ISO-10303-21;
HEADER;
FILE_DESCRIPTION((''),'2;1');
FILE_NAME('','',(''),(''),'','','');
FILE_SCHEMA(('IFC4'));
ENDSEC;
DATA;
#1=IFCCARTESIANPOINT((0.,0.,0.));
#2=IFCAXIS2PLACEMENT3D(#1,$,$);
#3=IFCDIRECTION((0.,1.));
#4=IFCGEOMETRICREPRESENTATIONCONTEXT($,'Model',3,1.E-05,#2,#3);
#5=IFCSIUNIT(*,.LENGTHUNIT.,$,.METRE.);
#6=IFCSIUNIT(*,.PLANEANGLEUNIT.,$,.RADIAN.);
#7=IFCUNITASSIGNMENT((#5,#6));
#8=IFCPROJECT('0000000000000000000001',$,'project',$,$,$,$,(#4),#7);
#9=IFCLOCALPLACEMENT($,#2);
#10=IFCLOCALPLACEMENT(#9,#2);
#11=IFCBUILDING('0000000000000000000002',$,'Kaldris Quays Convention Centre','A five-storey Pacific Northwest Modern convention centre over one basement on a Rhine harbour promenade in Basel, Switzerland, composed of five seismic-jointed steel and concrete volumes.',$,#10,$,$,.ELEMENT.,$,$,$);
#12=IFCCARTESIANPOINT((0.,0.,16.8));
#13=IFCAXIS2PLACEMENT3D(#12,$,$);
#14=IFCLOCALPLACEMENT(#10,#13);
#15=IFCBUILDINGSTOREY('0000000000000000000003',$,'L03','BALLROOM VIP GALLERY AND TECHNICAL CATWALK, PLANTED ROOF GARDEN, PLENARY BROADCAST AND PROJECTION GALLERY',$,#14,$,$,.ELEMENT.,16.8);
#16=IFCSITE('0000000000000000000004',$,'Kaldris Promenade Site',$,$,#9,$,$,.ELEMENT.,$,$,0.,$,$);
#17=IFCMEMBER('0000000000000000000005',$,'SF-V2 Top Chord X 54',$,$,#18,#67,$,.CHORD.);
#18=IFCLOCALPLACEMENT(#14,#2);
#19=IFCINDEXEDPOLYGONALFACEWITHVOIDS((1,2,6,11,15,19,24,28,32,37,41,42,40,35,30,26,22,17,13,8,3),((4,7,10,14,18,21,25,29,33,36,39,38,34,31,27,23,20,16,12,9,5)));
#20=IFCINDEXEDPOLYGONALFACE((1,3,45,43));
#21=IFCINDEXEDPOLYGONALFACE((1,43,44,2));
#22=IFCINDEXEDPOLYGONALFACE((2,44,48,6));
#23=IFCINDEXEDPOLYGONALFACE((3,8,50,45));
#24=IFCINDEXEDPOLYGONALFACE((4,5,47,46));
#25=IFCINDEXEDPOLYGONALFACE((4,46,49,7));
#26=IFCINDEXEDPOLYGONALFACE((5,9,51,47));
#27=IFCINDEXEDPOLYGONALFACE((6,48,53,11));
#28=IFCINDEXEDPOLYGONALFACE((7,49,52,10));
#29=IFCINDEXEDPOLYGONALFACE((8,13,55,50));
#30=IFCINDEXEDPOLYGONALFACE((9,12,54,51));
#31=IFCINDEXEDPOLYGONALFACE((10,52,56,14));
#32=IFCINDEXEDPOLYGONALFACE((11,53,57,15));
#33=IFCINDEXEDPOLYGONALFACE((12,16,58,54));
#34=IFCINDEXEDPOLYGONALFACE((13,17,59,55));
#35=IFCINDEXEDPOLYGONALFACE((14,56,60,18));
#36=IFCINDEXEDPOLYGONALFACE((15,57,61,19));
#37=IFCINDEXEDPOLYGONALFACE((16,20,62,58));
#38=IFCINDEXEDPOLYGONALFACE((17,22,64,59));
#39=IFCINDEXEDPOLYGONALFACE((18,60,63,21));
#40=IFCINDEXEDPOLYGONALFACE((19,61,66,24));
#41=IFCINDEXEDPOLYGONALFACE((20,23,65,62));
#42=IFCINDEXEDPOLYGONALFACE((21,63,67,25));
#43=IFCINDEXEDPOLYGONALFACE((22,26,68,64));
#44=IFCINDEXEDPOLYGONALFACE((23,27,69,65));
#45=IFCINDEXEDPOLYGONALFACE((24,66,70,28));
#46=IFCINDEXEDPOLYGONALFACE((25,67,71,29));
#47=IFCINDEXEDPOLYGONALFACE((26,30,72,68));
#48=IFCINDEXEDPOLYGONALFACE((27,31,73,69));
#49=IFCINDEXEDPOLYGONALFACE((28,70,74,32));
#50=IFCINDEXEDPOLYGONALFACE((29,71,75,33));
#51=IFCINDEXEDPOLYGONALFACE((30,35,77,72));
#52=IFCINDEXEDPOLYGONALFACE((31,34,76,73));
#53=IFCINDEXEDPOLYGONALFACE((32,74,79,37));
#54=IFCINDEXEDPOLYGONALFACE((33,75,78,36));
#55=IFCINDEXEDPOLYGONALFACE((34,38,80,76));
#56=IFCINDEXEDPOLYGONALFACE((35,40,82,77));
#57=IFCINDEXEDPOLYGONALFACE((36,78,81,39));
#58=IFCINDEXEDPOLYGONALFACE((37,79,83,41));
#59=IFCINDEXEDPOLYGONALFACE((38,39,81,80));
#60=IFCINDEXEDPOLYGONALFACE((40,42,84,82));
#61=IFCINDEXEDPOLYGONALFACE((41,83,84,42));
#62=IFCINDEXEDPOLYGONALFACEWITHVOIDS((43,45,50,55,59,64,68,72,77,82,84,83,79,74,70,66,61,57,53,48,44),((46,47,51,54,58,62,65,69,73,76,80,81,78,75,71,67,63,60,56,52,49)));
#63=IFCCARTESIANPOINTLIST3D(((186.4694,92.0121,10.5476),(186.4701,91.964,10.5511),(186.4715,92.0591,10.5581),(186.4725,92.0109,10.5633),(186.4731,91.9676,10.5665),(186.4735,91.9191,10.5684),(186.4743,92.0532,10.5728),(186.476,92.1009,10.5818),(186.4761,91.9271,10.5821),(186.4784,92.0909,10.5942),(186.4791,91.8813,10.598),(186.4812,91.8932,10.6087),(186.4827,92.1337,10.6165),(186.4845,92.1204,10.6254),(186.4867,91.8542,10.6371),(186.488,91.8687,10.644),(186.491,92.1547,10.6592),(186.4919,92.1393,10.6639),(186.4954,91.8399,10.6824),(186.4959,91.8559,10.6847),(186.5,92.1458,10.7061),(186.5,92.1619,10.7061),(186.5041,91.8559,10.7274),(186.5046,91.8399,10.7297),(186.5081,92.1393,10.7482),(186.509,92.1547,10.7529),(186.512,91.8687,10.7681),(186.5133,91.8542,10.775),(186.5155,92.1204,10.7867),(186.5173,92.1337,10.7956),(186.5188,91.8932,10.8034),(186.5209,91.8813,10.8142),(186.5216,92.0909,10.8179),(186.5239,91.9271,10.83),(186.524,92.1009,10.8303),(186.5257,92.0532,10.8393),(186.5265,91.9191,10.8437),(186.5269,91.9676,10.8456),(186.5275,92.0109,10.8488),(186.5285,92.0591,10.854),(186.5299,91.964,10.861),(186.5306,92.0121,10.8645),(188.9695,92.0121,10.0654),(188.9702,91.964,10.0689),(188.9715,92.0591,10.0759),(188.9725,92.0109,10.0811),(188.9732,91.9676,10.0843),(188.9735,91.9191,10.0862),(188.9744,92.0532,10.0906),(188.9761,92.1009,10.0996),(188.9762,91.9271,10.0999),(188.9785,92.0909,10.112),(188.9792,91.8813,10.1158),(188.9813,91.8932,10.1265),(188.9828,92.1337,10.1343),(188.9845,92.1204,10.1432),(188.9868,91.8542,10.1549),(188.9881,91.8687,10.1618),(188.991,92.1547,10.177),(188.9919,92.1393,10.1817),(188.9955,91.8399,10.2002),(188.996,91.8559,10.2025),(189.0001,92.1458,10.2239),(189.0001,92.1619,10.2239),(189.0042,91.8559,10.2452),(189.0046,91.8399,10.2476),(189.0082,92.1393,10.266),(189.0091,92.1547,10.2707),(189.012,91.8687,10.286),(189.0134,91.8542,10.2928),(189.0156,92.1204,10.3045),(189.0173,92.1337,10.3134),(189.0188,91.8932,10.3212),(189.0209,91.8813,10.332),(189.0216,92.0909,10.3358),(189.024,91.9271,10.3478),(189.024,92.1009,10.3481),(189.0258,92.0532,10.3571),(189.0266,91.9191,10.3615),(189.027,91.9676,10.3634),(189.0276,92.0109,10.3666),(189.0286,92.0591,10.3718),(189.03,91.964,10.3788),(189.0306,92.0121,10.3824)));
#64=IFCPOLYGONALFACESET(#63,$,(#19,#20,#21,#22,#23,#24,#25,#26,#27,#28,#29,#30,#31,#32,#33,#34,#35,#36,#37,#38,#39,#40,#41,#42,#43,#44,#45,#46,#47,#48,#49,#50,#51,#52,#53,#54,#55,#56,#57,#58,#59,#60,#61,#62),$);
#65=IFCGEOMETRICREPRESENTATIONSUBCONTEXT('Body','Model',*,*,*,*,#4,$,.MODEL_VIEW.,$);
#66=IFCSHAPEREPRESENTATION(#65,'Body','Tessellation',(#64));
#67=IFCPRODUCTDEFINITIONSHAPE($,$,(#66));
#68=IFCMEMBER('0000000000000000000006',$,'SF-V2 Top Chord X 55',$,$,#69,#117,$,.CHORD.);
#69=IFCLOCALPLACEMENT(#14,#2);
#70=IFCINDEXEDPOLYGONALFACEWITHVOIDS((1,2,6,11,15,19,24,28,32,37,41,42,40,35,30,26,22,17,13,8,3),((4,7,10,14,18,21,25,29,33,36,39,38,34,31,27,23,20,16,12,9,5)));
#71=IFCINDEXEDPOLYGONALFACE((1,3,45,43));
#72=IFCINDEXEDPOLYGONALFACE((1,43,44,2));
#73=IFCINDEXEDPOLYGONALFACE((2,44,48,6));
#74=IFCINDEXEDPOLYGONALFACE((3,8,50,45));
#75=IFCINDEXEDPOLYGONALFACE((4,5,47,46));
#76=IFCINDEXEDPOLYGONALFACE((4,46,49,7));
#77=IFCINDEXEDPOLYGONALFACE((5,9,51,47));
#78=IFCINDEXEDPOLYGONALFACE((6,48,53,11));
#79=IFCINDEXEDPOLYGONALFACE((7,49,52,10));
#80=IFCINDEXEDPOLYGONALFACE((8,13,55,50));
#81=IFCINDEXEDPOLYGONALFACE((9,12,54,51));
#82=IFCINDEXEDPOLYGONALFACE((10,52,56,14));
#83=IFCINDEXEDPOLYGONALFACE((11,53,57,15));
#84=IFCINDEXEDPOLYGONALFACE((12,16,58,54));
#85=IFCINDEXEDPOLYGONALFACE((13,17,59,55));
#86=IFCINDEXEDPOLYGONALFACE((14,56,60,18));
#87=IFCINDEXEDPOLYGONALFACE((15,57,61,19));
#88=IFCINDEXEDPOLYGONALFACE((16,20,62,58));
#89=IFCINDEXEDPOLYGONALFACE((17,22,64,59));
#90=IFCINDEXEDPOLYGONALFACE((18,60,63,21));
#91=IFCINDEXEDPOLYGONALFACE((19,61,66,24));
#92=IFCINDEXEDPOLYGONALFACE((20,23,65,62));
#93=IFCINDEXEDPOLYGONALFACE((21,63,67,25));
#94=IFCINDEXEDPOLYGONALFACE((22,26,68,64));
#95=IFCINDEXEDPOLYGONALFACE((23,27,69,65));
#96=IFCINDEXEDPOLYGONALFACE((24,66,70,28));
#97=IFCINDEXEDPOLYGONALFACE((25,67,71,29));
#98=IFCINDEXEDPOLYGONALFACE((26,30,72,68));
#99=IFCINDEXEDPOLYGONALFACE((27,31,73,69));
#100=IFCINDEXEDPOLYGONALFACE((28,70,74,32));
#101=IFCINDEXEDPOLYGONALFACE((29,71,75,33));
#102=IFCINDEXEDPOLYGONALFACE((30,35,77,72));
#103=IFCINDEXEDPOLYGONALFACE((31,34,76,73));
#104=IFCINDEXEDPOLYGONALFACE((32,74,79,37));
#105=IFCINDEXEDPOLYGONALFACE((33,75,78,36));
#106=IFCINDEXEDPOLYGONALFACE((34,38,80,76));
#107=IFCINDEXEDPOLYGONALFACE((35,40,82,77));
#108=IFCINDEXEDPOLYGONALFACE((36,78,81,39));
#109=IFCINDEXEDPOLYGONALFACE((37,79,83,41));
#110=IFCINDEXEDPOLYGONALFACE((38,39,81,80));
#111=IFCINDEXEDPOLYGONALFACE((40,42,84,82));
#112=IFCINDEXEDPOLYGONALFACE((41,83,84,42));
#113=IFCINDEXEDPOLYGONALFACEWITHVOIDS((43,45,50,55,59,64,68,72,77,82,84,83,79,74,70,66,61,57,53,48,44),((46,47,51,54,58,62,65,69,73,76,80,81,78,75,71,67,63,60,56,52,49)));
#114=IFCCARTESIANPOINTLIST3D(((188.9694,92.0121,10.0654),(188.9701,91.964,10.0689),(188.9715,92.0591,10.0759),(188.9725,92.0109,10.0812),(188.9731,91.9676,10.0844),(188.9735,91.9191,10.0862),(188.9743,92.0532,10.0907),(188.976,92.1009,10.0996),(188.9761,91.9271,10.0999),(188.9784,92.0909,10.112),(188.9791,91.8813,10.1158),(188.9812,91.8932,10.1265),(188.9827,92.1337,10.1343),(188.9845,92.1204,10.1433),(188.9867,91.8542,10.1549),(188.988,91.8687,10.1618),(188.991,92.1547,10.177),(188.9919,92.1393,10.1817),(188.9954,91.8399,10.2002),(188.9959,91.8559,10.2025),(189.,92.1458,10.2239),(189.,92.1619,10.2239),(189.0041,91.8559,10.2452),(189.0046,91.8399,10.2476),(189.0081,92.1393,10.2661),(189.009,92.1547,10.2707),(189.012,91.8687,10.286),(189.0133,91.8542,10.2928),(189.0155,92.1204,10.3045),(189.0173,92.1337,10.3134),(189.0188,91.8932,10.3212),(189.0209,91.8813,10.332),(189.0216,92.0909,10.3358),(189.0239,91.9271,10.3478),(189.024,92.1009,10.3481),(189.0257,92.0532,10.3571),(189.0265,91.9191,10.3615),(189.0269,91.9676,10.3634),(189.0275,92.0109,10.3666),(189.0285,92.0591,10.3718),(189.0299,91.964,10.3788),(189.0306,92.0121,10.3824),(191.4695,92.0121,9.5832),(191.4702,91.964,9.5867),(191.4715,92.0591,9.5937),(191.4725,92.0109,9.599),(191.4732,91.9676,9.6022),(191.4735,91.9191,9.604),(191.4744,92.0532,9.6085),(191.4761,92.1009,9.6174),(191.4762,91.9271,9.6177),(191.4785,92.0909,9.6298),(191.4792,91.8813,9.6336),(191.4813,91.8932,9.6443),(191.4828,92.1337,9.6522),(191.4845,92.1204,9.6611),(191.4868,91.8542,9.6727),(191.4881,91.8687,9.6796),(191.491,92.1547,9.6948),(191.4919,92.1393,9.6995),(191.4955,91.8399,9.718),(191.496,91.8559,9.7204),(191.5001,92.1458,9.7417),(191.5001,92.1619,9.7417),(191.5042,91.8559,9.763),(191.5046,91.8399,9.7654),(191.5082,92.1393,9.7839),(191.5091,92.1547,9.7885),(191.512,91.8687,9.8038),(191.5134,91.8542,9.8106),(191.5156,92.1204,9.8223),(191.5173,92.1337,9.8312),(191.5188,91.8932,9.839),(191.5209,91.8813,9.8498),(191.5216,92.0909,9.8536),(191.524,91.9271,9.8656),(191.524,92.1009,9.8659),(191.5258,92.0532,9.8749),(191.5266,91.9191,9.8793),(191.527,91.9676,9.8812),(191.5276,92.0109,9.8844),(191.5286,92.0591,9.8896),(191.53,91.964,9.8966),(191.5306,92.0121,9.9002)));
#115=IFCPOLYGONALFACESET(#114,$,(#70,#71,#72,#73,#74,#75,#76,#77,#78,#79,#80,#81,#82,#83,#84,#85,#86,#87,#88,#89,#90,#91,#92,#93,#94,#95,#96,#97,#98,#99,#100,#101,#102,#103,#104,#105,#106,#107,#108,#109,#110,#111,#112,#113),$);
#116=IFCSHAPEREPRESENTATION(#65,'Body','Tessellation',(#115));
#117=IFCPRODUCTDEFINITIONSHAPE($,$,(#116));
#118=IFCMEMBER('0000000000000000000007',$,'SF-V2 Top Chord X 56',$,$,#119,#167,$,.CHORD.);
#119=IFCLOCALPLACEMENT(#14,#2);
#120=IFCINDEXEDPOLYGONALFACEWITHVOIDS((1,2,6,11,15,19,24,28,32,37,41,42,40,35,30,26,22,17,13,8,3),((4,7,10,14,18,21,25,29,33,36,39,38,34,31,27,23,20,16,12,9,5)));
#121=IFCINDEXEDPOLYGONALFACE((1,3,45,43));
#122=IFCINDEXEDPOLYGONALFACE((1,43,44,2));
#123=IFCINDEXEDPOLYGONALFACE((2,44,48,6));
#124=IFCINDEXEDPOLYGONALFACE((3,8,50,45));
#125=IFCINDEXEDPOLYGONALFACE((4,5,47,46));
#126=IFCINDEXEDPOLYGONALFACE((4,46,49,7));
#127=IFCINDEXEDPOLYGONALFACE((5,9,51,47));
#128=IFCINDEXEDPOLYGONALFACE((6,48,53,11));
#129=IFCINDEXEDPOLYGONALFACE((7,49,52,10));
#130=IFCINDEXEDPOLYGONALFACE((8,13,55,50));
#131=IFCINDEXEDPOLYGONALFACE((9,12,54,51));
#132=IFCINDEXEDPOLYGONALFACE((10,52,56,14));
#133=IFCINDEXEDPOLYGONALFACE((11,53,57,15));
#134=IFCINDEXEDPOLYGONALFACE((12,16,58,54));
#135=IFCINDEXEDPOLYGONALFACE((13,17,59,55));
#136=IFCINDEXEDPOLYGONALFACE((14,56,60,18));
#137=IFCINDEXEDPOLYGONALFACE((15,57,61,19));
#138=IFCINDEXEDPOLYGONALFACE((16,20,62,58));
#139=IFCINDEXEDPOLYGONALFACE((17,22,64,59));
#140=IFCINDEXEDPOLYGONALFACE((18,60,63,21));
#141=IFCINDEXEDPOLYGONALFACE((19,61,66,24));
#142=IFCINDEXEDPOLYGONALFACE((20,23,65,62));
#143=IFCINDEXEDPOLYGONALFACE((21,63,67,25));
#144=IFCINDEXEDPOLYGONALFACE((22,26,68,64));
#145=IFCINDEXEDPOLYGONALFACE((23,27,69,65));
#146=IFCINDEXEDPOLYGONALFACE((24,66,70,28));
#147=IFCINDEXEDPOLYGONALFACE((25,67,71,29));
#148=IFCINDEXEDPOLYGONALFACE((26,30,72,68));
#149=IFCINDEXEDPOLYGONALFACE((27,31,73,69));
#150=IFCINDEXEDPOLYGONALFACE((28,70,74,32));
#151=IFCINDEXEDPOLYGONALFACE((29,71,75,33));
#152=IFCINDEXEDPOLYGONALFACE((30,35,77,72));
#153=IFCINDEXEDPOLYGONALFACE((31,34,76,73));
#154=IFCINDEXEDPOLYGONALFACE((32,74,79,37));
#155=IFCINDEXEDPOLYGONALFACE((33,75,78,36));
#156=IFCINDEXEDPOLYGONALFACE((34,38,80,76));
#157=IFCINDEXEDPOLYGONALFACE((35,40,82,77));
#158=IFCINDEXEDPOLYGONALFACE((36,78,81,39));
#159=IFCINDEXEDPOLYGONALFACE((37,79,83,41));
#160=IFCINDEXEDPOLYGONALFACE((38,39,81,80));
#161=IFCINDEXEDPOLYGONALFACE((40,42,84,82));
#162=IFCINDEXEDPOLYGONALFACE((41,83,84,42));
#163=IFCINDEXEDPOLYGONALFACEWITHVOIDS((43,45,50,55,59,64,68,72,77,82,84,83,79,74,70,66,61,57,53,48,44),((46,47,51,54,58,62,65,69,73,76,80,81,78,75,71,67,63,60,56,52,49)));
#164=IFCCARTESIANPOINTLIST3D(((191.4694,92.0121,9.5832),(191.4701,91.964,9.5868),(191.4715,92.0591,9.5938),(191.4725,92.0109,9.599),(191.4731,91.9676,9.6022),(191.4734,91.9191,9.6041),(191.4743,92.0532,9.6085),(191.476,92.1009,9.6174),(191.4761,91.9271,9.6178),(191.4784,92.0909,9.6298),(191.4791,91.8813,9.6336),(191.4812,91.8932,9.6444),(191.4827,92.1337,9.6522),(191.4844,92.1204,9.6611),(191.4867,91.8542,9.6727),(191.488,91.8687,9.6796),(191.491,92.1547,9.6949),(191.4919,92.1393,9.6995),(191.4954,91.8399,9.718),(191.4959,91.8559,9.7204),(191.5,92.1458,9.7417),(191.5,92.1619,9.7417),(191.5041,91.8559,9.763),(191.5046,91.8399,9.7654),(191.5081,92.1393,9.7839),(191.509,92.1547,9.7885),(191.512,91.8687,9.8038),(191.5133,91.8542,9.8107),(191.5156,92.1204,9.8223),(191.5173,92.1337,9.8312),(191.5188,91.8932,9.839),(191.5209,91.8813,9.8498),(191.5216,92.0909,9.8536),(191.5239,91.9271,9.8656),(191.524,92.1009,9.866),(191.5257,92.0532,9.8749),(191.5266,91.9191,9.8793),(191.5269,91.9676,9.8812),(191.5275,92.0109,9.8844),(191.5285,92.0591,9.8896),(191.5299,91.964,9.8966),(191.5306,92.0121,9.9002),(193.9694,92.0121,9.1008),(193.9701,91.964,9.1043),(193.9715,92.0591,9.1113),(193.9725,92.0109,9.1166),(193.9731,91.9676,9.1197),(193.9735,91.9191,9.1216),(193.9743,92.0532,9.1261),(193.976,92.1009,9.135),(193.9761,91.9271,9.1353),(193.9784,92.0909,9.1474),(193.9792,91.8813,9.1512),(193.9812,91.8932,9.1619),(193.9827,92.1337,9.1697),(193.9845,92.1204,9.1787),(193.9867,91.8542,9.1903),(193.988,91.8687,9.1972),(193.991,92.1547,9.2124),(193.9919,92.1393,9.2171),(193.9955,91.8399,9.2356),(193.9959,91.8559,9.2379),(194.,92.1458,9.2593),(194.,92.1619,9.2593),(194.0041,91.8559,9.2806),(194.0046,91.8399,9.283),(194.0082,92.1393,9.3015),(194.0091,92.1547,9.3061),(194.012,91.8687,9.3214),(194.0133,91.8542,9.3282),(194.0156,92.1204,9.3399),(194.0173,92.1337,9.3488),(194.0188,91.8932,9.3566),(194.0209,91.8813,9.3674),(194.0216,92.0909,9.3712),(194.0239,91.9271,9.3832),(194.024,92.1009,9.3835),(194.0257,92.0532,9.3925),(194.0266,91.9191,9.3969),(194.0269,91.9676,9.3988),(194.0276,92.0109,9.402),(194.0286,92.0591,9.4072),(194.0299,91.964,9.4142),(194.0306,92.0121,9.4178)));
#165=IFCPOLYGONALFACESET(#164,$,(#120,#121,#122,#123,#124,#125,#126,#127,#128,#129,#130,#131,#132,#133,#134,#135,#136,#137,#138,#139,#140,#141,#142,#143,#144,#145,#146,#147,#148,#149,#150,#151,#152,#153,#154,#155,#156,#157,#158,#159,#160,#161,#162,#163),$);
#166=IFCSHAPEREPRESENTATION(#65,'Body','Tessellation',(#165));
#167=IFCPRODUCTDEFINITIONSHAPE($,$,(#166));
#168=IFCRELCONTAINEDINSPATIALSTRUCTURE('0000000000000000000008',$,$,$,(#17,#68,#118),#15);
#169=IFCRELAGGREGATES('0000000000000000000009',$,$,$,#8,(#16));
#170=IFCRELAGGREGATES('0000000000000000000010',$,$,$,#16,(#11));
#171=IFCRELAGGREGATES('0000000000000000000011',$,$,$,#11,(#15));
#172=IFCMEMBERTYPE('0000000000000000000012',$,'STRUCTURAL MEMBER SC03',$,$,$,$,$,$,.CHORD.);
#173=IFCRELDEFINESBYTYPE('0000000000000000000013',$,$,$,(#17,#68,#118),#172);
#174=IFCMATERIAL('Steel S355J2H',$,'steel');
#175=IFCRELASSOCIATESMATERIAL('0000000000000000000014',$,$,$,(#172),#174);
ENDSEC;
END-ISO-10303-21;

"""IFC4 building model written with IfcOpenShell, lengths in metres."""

from ifc_helpers import new_model, si_unit, direction, frame, origin, origin_2d, place, context, subcontext, project, spatial, hollow_circle, extrude, material, material_profile, profile_set, type_object, element, save


model = new_model("IFC4")

# Units and contexts
model_context = context("Model", 3, precision=1e-05, world=origin(), true_north=direction((0.0, 1.0)))
body_context = subcontext(model_context, "Body", "Model", "MODEL_VIEW")
ifc_project = project(units=[si_unit("LENGTHUNIT", "METRE"), si_unit("PLANEANGLEUNIT", "RADIAN")], contexts=[model_context])

# Site, building, storey
site_placement = place(None, origin())
site = spatial("IfcSite", under=ifc_project, at=site_placement, Name="Kaldris Promenade Site", CompositionType="ELEMENT", RefElevation=0.0)
building_placement = place(site_placement, origin())
building = spatial("IfcBuilding", under=site, at=building_placement, Name="Kaldris Quays Convention Centre", Description="A five-storey Pacific Northwest Modern convention centre over one basement on a Rhine harbour promenade in Basel, Switzerland, composed of five seismic-jointed steel and concrete volumes.", CompositionType="ELEMENT")
storey_placement = place(building_placement, frame((0.0, 0.0, 16.8)))
storey = spatial("IfcBuildingStorey", under=building, at=storey_placement, Name="L03", Description="BALLROOM VIP GALLERY AND TECHNICAL CATWALK, PLANTED ROOF GARDEN, PLENARY BROADCAST AND PROJECTION GALLERY", CompositionType="ELEMENT", Elevation=16.8)

# Members
ifc_material_1 = material(Name="Steel S355J2H", Category="steel")
ifc_material_profile_1 = material_profile(ifc_material_1, hollow_circle(Radius=0.1619, WallThickness=0.0161, at=origin_2d()), Name="CHS 323.9x16")
ifc_profile_set_1 = profile_set([ifc_material_profile_1], Name="Steel S355J2H")
member_type_1 = type_object("IfcMemberType", Name="STRUCTURAL MEMBER SC03", PredefinedType="CHORD", material=ifc_profile_set_1)
for number, where, z_axis, x_axis, name in (
    (1, (186.5, 92.0, 10.7061), (0.981904, 0.0, -0.189381), (0.0, 1.0, 0.0), "SF-V2 Top Chord X 54"),
    (2, (189.0, 92.0, 10.2239), (0.981904, 0.0, -0.189381), (0.0, 1.0, 0.0), "SF-V2 Top Chord X 55"),
    (3, (191.5, 92.0, 9.7417), (0.981886, 0.0, -0.189473), (0.0, 1.0, 0.0), "SF-V2 Top Chord X 56"),
):
    element("IfcMember", number, at=place(storey_placement, frame(where, z_axis=z_axis, x_axis=x_axis)), inside=storey, type_object=member_type_1, Name=name, PredefinedType="CHORD", context=body_context, shape_type="SweptSolid", body=[
        extrude(hollow_circle(Radius=0.1619, WallThickness=0.0161, at=origin_2d()), origin(), (0.0, 0.0, 1.0), 2.5461),
    ])

save(model, "model.ifc")
